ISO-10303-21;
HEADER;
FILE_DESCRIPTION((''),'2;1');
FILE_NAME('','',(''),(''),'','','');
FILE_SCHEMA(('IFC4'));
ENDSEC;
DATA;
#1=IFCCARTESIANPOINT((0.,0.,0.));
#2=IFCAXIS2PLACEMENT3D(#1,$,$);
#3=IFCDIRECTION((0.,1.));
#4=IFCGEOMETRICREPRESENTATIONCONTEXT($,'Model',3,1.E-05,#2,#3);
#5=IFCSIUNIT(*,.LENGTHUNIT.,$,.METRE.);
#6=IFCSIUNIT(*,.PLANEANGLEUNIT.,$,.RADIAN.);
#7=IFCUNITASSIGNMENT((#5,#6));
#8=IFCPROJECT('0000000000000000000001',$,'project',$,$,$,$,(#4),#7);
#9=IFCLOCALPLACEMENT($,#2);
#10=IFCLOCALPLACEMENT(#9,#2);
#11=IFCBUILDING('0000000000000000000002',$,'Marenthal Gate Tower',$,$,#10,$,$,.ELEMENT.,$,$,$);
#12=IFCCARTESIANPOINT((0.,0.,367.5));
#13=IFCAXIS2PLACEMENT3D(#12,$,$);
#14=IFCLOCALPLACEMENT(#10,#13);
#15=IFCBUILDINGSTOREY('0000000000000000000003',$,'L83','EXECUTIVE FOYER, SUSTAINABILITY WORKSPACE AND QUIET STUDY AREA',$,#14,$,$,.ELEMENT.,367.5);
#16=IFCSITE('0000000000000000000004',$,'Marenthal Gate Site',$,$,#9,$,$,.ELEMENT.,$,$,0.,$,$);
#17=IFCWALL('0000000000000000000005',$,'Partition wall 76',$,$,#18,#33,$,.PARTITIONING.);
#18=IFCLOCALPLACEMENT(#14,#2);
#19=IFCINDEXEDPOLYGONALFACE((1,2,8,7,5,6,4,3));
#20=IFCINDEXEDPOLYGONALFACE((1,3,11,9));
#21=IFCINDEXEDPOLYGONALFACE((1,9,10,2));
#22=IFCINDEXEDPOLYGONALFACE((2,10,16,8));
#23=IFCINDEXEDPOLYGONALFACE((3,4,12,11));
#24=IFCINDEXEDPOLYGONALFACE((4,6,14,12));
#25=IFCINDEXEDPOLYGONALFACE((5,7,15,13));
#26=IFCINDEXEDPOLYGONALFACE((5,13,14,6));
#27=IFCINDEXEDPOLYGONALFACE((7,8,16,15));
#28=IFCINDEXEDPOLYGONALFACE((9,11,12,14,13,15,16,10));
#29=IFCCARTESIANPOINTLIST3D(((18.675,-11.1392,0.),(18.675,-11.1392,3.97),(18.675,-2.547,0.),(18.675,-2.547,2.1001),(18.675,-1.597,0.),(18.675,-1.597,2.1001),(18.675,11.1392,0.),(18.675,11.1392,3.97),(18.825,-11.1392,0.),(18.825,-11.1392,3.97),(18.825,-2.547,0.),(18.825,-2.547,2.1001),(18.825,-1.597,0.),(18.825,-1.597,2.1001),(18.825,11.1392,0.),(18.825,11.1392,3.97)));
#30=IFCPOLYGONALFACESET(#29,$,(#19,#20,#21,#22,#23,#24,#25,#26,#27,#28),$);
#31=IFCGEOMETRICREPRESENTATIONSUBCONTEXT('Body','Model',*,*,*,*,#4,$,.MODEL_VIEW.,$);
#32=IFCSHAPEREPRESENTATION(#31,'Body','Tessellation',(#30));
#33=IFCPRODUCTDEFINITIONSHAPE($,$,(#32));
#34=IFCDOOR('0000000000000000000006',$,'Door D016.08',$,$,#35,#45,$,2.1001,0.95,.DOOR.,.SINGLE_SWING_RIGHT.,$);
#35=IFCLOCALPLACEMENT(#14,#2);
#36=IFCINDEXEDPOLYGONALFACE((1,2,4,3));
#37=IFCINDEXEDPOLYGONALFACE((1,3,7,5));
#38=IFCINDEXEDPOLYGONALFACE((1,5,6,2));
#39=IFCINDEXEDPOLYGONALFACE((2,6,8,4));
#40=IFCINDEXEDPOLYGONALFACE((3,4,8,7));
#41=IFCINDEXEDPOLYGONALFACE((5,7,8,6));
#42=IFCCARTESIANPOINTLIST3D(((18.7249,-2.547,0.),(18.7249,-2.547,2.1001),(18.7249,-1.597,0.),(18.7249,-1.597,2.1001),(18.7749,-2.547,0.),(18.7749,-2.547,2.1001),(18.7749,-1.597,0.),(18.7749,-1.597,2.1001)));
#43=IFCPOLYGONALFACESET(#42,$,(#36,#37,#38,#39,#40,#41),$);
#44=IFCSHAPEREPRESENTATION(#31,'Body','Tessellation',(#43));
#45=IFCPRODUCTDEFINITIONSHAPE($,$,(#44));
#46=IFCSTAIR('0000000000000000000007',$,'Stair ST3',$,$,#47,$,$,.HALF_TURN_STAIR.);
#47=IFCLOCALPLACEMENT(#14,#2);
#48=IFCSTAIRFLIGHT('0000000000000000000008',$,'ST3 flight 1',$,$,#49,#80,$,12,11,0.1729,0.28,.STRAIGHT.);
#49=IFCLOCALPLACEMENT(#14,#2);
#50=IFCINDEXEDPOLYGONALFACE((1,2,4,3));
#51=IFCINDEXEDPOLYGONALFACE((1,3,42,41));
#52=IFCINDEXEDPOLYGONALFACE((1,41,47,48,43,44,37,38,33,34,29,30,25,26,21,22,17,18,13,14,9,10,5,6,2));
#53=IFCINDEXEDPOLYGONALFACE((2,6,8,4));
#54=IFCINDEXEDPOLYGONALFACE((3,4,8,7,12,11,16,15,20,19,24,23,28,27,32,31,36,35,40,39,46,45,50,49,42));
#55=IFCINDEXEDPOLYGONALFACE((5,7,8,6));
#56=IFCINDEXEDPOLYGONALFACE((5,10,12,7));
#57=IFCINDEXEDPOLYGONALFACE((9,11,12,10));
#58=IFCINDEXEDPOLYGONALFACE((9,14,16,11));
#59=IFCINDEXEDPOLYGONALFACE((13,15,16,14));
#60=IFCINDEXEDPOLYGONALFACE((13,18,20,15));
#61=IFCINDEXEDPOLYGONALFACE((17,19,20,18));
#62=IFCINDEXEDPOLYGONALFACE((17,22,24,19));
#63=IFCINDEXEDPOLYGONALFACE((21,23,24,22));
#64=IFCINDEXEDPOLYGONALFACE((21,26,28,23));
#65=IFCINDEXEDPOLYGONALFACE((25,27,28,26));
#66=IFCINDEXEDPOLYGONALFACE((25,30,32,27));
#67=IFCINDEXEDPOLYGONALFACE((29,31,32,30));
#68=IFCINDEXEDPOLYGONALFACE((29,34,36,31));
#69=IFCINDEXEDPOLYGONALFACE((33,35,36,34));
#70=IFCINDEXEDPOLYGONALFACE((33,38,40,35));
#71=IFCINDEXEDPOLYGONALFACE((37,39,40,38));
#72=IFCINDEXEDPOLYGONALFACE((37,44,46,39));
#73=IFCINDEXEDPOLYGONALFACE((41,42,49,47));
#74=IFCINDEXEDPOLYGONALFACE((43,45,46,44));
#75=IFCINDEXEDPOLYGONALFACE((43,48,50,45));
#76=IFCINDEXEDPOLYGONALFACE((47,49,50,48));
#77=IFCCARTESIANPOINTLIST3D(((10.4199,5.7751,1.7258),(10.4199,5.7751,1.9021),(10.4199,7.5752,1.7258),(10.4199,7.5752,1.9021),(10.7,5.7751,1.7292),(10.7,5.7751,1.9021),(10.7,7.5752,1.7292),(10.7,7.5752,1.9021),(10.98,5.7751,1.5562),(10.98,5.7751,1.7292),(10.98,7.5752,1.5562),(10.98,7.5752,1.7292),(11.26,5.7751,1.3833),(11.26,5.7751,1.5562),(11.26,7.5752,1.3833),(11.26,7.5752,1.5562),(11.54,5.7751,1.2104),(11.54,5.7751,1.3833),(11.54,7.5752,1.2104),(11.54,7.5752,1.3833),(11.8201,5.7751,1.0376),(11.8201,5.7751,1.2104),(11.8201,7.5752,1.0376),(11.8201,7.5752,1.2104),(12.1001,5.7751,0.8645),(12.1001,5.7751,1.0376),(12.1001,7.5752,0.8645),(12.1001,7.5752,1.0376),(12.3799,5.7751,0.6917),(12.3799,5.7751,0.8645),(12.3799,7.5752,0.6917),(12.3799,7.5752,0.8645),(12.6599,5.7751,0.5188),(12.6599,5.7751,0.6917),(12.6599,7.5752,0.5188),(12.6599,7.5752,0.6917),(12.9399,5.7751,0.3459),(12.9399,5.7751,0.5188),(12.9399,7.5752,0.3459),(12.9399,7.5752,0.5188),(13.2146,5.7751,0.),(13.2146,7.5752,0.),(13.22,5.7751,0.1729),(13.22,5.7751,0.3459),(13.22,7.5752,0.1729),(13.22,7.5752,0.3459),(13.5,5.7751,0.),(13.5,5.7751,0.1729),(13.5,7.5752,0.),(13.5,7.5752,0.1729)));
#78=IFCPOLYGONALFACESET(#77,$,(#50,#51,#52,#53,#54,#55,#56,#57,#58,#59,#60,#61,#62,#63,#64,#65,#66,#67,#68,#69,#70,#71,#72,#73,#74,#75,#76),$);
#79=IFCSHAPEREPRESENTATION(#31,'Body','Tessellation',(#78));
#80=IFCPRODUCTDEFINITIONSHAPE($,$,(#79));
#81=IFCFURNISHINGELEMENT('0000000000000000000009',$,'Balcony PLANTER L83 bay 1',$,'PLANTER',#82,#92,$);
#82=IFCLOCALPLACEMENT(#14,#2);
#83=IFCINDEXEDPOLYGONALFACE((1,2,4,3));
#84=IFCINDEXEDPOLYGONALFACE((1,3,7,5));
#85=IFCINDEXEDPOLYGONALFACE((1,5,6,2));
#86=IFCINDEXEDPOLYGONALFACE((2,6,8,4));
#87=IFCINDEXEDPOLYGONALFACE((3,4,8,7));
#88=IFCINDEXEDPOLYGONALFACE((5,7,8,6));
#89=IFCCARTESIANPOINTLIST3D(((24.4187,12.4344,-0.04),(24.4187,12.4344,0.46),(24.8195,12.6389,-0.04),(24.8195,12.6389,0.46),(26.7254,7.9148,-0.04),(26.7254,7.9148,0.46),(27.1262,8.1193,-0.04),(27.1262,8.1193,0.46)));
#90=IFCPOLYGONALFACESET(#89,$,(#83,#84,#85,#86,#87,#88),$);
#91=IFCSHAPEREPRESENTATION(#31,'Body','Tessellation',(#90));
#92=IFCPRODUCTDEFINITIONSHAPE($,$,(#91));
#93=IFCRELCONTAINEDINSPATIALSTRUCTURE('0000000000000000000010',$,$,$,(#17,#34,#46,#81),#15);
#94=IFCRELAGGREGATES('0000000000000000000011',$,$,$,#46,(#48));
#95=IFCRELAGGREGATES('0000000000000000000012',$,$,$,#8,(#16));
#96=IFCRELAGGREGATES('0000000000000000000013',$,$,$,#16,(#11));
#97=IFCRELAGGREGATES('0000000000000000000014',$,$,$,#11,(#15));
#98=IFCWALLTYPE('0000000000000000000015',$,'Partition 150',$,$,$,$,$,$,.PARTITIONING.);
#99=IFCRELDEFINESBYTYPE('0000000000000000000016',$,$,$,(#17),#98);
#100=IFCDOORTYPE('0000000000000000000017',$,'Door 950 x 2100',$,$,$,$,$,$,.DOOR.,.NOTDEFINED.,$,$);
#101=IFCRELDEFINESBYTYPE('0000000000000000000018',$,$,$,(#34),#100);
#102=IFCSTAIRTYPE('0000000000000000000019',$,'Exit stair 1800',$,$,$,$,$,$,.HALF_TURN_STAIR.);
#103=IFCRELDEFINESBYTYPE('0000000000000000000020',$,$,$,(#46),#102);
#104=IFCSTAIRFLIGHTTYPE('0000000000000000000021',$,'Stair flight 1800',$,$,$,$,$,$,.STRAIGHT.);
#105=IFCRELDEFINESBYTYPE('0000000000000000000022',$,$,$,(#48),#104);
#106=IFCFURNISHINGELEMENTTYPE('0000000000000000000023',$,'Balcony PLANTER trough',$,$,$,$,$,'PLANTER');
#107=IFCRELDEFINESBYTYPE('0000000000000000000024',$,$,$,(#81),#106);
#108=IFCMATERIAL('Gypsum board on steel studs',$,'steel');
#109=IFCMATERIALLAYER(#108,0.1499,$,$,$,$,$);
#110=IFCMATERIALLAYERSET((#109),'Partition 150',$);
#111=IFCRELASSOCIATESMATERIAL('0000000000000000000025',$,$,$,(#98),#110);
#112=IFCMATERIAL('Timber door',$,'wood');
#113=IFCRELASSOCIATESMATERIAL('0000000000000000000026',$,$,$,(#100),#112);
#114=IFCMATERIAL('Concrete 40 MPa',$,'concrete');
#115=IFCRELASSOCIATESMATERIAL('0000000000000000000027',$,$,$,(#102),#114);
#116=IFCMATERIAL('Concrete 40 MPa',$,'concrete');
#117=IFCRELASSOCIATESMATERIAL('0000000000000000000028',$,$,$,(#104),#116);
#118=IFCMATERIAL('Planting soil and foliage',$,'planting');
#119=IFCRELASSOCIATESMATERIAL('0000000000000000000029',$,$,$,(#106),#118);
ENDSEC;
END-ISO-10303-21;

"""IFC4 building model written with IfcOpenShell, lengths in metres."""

from ifc_helpers import new_model, si_unit, direction, frame, frame_2d, origin, origin_2d, place, context, subcontext, project, spatial, polyline, rectangle, outline, extrude, material, layer, layer_set, type_object, element, fill, aggregate, save


model = new_model("IFC4")

# Units and contexts
model_context = context("Model", 3, precision=1e-05, world=origin(), true_north=direction((0.0, 1.0)))
body_context = subcontext(model_context, "Body", "Model", "MODEL_VIEW")
ifc_project = project(units=[si_unit("LENGTHUNIT", "METRE"), si_unit("PLANEANGLEUNIT", "RADIAN")], contexts=[model_context])

# Site, building, storey
site_placement = place(None, origin())
site = spatial("IfcSite", under=ifc_project, at=site_placement, Name="Marenthal Gate Site", CompositionType="ELEMENT", RefElevation=0.0)
building_placement = place(site_placement, origin())
building = spatial("IfcBuilding", under=site, at=building_placement, Name="Marenthal Gate Tower", CompositionType="ELEMENT")
storey_placement = place(building_placement, frame((0.0, 0.0, 367.5)))
storey = spatial("IfcBuildingStorey", under=building, at=storey_placement, Name="L83", Description="EXECUTIVE FOYER, SUSTAINABILITY WORKSPACE AND QUIET STUDY AREA", CompositionType="ELEMENT", Elevation=367.5)

# Wall, opening, door
ifc_material_1 = material(Name="Gypsum board on steel studs", Category="steel")
ifc_layer_1 = layer(ifc_material_1, 0.1499)
ifc_layer_set_1 = layer_set([ifc_layer_1], Name="Partition 150")
wall_type_1 = type_object("IfcWallType", Name="Partition 150", PredefinedType="PARTITIONING", material=ifc_layer_set_1)
wall_1_placement = place(storey_placement, frame((18.75, 11.1392, 0.0), z_axis=(0.0, 0.0, 1.0), x_axis=(0.0, -1.0, 0.0)))
wall_1 = element("IfcWall", 1, at=wall_1_placement, inside=storey, type_object=wall_type_1, Name="Partition wall 76", PredefinedType="PARTITIONING", context=body_context, shape_type="SweptSolid", body=[
    extrude(rectangle(XDim=22.2783, YDim=0.1499, at=frame_2d((11.1392, 0.0))), origin(), (0.0, 0.0, 1.0), 3.97),
])
opening_1_placement = place(wall_1_placement, frame((12.7361, 0.0, 0.0)))
opening_1 = element("IfcOpeningElement", 2, at=opening_1_placement, cuts=wall_1, PredefinedType="OPENING", context=body_context, shape_type="SweptSolid", body=[
    extrude(rectangle(XDim=0.95, YDim=2.1001, at=frame_2d((0.4751, 1.05))), frame((0.0, 0.085, 0.0), z_axis=(0.0, -1.0, 0.0), x_axis=(1.0, 0.0, 0.0)), (0.0, 0.0, 1.0), 0.1699),
])
ifc_material_2 = material(Name="Timber door", Category="wood")
door_type_1 = type_object("IfcDoorType", Name="Door 950 x 2100", OperationType="NOTDEFINED", PredefinedType="DOOR", material=ifc_material_2)
door_1_placement = place(opening_1_placement, origin())
door_1 = element("IfcDoor", 3, at=door_1_placement, inside=storey, type_object=door_type_1, Name="Door D016.08", OperationType="SINGLE_SWING_RIGHT", OverallHeight=2.1001, OverallWidth=0.95, PredefinedType="DOOR", context=body_context, shape_type="SweptSolid", body=[
    extrude(rectangle(XDim=0.95, YDim=2.1001, at=frame_2d((0.4751, 1.05))), frame((0.0, 0.0249, 0.0), z_axis=(0.0, -1.0, 0.0), x_axis=(1.0, 0.0, 0.0)), (0.0, 0.0, 1.0), 0.05),
])
fill(opening_1, door_1)

# Stair, stair flight
ifc_material_3 = material(Name="Concrete 40 MPa", Category="concrete")
stair_type = type_object("IfcStairType", Name="Exit stair 1800", PredefinedType="HALF_TURN_STAIR", material=ifc_material_3)
stair_placement = place(storey_placement, origin())
stair = element("IfcStair", 4, at=stair_placement, inside=storey, type_object=stair_type, Name="Stair ST3", PredefinedType="HALF_TURN_STAIR")
ifc_material_4 = material(Name="Concrete 40 MPa", Category="concrete")
stair_flight_type = type_object("IfcStairFlightType", Name="Stair flight 1800", PredefinedType="STRAIGHT", material=ifc_material_4)
stair_flight_placement = place(storey_placement, frame((13.5, 6.675, 0.0), z_axis=(0.0, 0.0, 1.0), x_axis=(-1.0, 0.0, 0.0)))
stair_flight = element("IfcStairFlight", 5, at=stair_flight_placement, type_object=stair_flight_type, Name="ST3 flight 1", NumberOfRisers=12, NumberOfTreads=11, PredefinedType="STRAIGHT", RiserHeight=0.1729, TreadLength=0.28, context=body_context, shape_type="SweptSolid", body=[
    extrude(outline(polyline([(0.0, 0.0), (0.0, 0.1729), (0.28, 0.1729), (0.28, 0.3459), (0.5601, 0.3459), (0.5601, 0.5188), (0.8401, 0.5188), (0.8401, 0.6917), (1.1201, 0.6917), (1.1201, 0.8645), (1.3999, 0.8645), (1.3999, 1.0376), (1.6799, 1.0376), (1.6799, 1.2104), (1.96, 1.2104), (1.96, 1.3833), (2.24, 1.3833), (2.24, 1.5562), (2.52, 1.5562), (2.52, 1.7292), (2.8, 1.7292), (2.8, 1.9021), (3.0801, 1.9021), (3.0801, 2.075), (3.0801, 1.7258), (0.2854, 0.0), (0.0, 0.0)])), frame((0.0, 0.8999, 0.0), z_axis=(0.0, -1.0, 0.0), x_axis=(1.0, 0.0, 0.0)), (0.0, 0.0, 1.0), 1.8),
])
aggregate(stair, [stair_flight])

# Furnishing element
ifc_material_5 = material(Name="Planting soil and foliage", Category="planting")
furnishing_element_type = type_object("IfcFurnishingElementType", Name="Balcony PLANTER trough", ElementType="PLANTER", material=ifc_material_5)
furnishing_placement = place(storey_placement, frame((25.7725, 10.2769, -0.04), z_axis=(0.0, 0.0, 1.0), x_axis=(-0.454596, 0.890698, 0.0)))
element("IfcFurnishingElement", 6, at=furnishing_placement, inside=storey, type_object=furnishing_element_type, Name="Balcony PLANTER L83 bay 1", ObjectType="PLANTER", context=body_context, shape_type="SweptSolid", body=[
    extrude(rectangle(XDim=5.0742, YDim=0.45, at=origin_2d()), origin(), (0.0, 0.0, 1.0), 0.5),
])

save(model, "model.ifc")
